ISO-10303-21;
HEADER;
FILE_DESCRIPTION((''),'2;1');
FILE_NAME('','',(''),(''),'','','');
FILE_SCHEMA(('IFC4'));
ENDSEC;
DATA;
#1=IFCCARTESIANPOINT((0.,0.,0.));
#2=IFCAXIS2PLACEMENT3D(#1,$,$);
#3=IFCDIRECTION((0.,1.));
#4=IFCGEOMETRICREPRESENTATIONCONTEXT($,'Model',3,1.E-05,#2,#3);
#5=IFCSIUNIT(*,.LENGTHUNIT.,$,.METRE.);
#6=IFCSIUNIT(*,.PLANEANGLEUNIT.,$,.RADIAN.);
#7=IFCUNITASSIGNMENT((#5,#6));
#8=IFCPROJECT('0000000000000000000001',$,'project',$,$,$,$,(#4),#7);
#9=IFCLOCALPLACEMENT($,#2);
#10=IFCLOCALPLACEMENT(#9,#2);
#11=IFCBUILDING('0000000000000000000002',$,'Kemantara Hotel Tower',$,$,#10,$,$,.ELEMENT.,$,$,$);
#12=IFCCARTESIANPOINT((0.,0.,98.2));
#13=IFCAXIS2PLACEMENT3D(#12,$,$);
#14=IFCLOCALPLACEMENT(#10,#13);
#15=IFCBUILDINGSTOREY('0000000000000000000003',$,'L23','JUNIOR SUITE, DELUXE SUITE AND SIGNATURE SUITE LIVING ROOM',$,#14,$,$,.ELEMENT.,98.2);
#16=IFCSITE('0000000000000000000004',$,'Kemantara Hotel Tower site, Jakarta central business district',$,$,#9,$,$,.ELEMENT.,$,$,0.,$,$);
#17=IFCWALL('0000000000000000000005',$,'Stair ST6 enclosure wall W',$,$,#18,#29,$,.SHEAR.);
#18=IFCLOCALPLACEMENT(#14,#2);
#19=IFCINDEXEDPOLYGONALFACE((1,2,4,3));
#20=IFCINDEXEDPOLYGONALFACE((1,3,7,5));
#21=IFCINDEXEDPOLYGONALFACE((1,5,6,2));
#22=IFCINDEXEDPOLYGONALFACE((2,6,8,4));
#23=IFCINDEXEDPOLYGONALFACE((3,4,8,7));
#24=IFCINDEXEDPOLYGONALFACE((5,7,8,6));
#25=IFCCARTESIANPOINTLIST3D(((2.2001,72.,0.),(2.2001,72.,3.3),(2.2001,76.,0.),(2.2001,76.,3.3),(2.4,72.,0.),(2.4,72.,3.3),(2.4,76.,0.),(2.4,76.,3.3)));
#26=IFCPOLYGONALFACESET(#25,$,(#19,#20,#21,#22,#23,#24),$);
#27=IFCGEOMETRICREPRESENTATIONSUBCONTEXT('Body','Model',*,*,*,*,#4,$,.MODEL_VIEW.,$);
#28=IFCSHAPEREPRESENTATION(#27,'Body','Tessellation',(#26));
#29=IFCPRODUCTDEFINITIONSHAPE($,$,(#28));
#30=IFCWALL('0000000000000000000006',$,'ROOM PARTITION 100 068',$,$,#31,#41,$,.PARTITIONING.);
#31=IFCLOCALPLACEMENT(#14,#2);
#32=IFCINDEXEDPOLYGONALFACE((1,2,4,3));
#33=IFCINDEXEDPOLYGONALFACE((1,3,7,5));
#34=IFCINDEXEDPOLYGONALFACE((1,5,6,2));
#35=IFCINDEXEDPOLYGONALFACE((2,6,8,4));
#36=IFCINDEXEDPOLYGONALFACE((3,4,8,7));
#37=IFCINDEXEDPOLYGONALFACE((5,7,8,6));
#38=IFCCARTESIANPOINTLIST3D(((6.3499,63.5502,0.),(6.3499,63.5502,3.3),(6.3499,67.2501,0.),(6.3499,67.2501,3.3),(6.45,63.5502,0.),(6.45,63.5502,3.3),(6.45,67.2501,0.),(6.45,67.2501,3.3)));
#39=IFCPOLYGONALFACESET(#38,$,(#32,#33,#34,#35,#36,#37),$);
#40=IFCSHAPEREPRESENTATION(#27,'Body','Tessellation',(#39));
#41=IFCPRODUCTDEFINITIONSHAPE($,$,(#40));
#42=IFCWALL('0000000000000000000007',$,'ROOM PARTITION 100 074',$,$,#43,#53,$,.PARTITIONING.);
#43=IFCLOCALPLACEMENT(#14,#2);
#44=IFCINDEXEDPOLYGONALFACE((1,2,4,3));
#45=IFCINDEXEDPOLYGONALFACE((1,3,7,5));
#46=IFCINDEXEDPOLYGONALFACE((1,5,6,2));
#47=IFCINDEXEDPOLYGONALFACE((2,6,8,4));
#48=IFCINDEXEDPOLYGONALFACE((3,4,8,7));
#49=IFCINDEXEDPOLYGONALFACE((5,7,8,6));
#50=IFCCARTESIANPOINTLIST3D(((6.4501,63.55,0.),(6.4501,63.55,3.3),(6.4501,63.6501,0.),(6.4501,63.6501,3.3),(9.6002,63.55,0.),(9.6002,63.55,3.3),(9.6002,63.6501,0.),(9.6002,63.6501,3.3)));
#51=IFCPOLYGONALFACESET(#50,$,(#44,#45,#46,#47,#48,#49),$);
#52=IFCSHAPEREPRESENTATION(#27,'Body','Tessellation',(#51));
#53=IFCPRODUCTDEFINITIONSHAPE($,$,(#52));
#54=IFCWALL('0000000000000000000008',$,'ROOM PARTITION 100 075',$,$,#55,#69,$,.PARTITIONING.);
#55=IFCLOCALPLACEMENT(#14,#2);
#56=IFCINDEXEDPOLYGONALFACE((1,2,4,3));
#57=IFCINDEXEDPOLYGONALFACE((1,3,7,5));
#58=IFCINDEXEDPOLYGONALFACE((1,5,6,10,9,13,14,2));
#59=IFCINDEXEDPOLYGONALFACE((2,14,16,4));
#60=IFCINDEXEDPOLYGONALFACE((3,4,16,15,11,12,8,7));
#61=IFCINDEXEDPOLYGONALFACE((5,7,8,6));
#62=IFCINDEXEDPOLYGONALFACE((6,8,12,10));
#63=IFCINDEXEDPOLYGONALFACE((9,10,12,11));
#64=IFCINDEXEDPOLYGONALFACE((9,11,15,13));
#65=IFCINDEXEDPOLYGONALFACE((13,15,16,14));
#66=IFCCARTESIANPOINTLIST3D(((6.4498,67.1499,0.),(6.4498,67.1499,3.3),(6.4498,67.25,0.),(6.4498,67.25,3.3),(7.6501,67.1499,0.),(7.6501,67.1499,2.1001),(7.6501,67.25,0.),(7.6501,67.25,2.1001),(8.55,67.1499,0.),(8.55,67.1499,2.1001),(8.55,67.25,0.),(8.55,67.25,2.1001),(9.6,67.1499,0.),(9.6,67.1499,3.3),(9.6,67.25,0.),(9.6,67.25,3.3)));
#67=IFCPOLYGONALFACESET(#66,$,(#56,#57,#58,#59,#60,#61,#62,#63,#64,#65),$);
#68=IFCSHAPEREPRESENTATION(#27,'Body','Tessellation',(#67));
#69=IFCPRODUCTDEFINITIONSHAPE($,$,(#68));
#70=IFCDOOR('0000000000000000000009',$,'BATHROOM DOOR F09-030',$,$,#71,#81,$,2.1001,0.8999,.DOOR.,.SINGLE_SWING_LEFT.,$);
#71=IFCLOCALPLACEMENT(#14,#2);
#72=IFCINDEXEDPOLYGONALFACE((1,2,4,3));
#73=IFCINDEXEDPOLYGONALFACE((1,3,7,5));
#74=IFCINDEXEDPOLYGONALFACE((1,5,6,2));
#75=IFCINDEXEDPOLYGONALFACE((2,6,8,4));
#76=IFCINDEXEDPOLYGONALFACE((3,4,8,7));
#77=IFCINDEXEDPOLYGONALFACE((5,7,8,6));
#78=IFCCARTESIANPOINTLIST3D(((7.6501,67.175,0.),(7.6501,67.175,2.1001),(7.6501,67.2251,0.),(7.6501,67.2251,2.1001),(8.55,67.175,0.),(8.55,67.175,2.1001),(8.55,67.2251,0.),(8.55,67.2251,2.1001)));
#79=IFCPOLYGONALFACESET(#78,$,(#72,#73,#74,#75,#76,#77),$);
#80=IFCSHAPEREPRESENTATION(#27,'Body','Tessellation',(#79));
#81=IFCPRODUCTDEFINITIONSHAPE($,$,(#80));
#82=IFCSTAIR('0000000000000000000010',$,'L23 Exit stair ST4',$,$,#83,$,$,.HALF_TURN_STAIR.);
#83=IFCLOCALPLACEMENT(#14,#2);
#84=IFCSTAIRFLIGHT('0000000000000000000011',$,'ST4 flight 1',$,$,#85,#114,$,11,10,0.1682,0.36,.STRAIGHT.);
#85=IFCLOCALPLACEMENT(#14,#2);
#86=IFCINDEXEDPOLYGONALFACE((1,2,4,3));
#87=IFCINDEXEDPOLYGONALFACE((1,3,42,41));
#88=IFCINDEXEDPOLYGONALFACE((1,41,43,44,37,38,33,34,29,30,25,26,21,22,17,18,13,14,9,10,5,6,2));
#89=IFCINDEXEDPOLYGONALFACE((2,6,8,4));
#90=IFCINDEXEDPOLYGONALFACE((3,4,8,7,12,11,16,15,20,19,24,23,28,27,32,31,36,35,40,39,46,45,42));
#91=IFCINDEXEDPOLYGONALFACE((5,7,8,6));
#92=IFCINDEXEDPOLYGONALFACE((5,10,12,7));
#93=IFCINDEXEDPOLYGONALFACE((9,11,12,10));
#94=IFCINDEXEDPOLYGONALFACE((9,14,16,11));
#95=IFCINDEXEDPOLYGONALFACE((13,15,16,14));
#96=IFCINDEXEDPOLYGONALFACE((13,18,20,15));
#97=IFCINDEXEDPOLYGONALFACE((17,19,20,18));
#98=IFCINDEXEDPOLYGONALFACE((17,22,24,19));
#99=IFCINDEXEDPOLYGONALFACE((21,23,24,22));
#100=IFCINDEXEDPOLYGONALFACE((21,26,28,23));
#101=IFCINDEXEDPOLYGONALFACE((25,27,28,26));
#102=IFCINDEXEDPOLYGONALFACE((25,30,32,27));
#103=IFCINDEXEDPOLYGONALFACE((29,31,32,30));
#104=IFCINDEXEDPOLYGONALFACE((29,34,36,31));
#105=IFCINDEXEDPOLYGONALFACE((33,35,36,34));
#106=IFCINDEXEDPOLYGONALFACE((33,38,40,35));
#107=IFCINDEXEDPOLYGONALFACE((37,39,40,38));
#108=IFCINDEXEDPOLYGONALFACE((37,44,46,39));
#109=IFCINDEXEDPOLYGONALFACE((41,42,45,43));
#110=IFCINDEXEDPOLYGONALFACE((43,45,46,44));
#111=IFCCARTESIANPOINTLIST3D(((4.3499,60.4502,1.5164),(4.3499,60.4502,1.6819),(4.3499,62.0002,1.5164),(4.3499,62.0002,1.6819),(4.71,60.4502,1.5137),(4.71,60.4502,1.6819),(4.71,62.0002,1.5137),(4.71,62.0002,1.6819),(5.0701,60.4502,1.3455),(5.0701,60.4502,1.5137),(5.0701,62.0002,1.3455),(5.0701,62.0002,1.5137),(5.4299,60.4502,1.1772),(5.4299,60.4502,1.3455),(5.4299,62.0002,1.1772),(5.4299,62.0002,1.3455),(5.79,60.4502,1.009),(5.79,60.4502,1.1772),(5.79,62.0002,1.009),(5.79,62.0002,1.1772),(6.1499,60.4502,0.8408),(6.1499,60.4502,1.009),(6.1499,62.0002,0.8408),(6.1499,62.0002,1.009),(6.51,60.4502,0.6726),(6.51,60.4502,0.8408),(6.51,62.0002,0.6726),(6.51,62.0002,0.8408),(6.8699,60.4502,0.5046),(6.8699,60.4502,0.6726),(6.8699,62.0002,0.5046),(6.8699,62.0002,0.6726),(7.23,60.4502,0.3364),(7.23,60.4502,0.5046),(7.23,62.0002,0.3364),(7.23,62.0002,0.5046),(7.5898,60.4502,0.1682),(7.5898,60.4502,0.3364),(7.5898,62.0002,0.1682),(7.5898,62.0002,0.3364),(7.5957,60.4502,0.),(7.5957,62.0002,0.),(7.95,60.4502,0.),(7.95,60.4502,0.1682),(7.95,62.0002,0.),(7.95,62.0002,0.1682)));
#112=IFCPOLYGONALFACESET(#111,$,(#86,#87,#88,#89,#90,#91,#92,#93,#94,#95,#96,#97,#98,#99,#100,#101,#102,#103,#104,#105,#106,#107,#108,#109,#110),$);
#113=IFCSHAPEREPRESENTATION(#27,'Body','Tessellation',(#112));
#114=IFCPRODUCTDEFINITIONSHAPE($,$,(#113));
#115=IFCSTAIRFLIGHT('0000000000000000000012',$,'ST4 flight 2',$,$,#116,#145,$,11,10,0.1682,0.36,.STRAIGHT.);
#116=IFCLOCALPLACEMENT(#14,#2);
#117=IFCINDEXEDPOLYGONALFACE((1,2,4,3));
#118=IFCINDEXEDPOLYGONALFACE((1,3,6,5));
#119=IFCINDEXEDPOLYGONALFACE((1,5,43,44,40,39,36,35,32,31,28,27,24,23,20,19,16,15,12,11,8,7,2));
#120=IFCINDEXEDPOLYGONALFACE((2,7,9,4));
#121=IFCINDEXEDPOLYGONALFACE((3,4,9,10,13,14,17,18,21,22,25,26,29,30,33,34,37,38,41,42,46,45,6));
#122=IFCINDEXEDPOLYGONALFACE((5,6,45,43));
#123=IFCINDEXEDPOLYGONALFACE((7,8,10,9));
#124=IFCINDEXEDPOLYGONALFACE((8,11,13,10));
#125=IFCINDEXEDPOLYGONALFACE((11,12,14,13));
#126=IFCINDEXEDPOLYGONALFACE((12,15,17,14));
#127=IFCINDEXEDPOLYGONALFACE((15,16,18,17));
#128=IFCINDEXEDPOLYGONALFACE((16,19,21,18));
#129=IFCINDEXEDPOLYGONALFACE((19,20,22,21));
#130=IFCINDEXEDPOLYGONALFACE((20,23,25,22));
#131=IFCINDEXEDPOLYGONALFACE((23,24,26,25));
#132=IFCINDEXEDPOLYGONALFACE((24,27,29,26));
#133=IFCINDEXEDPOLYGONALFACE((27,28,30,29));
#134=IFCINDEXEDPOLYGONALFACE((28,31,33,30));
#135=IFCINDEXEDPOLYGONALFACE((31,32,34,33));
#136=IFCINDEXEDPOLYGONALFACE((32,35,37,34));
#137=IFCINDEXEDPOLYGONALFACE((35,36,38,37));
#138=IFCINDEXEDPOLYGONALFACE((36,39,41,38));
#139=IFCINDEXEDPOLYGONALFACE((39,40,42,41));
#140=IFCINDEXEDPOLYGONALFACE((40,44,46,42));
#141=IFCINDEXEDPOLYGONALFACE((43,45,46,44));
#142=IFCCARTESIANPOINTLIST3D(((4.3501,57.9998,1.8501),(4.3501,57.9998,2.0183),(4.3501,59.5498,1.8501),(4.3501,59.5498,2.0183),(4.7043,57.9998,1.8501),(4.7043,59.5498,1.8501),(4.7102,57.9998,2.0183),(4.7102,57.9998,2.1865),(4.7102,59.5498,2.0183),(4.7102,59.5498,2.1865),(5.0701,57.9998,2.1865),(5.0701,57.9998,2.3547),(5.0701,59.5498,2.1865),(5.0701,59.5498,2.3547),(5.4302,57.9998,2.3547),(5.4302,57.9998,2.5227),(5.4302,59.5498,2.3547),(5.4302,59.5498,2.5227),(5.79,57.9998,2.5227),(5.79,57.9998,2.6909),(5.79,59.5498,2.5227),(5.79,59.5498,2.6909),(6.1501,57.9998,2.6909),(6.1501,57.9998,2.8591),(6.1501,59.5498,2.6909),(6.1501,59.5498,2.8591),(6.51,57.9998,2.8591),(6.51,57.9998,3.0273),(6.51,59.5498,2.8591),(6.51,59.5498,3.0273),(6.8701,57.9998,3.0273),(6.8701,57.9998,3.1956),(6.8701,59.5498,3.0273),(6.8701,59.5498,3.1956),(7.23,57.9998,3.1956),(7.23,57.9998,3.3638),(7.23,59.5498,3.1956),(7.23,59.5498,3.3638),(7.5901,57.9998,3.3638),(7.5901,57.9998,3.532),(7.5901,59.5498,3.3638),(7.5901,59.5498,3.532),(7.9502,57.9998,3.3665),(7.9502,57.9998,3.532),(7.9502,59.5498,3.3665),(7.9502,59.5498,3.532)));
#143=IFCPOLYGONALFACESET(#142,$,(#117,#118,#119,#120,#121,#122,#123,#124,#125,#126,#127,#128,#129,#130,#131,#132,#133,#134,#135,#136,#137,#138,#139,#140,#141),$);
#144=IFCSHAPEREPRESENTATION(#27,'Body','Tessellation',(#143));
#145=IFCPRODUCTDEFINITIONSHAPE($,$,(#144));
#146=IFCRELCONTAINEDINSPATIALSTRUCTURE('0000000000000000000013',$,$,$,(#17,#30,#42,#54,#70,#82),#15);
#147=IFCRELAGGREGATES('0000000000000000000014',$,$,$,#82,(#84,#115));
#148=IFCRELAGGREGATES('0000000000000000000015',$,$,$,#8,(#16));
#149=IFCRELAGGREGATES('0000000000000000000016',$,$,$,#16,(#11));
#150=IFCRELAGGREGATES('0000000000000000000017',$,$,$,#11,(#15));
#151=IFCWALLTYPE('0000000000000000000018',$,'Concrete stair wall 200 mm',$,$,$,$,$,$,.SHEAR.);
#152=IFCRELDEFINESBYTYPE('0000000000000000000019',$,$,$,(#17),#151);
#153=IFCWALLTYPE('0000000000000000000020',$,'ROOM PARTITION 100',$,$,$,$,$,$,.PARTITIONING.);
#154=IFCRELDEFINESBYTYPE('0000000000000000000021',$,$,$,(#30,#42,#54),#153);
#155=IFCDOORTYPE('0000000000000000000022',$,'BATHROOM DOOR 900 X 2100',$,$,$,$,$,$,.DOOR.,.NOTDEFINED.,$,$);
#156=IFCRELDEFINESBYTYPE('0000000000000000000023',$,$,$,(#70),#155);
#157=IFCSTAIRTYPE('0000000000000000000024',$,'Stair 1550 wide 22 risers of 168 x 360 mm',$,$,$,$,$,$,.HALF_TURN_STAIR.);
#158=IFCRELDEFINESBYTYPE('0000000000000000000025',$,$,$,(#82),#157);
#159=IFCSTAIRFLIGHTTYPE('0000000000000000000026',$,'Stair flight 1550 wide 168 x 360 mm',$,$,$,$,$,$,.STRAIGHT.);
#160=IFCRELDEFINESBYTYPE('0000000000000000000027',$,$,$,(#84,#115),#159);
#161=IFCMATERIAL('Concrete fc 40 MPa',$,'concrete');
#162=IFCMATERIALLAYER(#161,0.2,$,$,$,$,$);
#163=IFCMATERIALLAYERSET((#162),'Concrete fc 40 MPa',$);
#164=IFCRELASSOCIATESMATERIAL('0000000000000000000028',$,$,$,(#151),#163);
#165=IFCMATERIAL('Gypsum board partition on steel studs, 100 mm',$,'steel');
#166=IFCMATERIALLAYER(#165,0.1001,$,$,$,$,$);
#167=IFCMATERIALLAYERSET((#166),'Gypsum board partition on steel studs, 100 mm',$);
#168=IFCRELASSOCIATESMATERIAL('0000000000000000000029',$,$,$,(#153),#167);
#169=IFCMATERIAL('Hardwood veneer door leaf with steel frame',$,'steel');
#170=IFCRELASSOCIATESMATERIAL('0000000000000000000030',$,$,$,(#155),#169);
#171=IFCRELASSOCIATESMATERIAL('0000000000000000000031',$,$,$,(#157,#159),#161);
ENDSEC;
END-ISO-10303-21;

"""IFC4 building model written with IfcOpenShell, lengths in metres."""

from ifc_helpers import new_model, si_unit, direction, frame, frame_2d, origin, place, context, subcontext, project, spatial, polyline, rectangle, outline, extrude, material, layer, layer_set, type_object, element, fill, aggregate, save


model = new_model("IFC4")

# Units and contexts
model_context = context("Model", 3, precision=1e-05, world=origin(), true_north=direction((0.0, 1.0)))
body_context = subcontext(model_context, "Body", "Model", "MODEL_VIEW")
ifc_project = project(units=[si_unit("LENGTHUNIT", "METRE"), si_unit("PLANEANGLEUNIT", "RADIAN")], contexts=[model_context])

# Site, building, storey
site_placement = place(None, origin())
site = spatial("IfcSite", under=ifc_project, at=site_placement, Name="Kemantara Hotel Tower site, Jakarta central business district", CompositionType="ELEMENT", RefElevation=0.0)
building_placement = place(site_placement, origin())
building = spatial("IfcBuilding", under=site, at=building_placement, Name="Kemantara Hotel Tower", CompositionType="ELEMENT")
storey_placement = place(building_placement, frame((0.0, 0.0, 98.2)))
storey = spatial("IfcBuildingStorey", under=building, at=storey_placement, Name="L23", Description="JUNIOR SUITE, DELUXE SUITE AND SIGNATURE SUITE LIVING ROOM", CompositionType="ELEMENT", Elevation=98.2)

# Shared definitions
ifc_material_1 = material(Name="Hardwood veneer door leaf with steel frame", Category="steel")

# Shared definitions
ifc_material_2 = material(Name="Concrete fc 40 MPa", Category="concrete")
ifc_layer_1 = layer(ifc_material_2, 0.2)
ifc_layer_set_1 = layer_set([ifc_layer_1], Name="Concrete fc 40 MPa")
wall_type_1 = type_object("IfcWallType", Name="Concrete stair wall 200 mm", PredefinedType="SHEAR", material=ifc_layer_set_1)

# Walls
wall_1_placement = place(storey_placement, frame((2.3, 72.0, 0.0), z_axis=(0.0, 0.0, 1.0), x_axis=(0.0, 1.0, 0.0)))
element("IfcWall", 1, at=wall_1_placement, inside=storey, type_object=wall_type_1, Name="Stair ST6 enclosure wall W", PredefinedType="SHEAR", context=body_context, shape_type="SweptSolid", body=[
    extrude(rectangle(XDim=4.0, YDim=0.2, at=frame_2d((2.0, 0.0))), origin(), (0.0, 0.0, 1.0), 3.3),
])
ifc_material_3 = material(Name="Gypsum board partition on steel studs, 100 mm", Category="steel")
ifc_layer_2 = layer(ifc_material_3, 0.1001)
ifc_layer_set_2 = layer_set([ifc_layer_2], Name="Gypsum board partition on steel studs, 100 mm")
wall_type_2 = type_object("IfcWallType", Name="ROOM PARTITION 100", PredefinedType="PARTITIONING", material=ifc_layer_set_2)
wall_2_placement = place(storey_placement, frame((6.3999, 63.55, 0.0), z_axis=(0.0, 0.0, 1.0), x_axis=(0.0, 1.0, 0.0)))
element("IfcWall", 2, at=wall_2_placement, inside=storey, type_object=wall_type_2, Name="ROOM PARTITION 100 068", PredefinedType="PARTITIONING", context=body_context, shape_type="SweptSolid", body=[
    extrude(rectangle(XDim=3.7, YDim=0.1001, at=frame_2d((1.8501, 0.0))), origin(), (0.0, 0.0, 1.0), 3.3),
])
wall_3_placement = place(storey_placement, frame((6.45, 63.6001, 0.0), z_axis=(0.0, 0.0, 1.0), x_axis=(1.0, 0.0, 0.0)))
element("IfcWall", 3, at=wall_3_placement, inside=storey, type_object=wall_type_2, Name="ROOM PARTITION 100 074", PredefinedType="PARTITIONING", context=body_context, shape_type="SweptSolid", body=[
    extrude(rectangle(XDim=3.1501, YDim=0.1001, at=frame_2d((1.5752, 0.0))), origin(), (0.0, 0.0, 1.0), 3.3),
])

# Wall, opening, door
wall_4_placement = place(storey_placement, frame((9.6001, 67.2, 0.0), z_axis=(0.0, 0.0, 1.0), x_axis=(-1.0, 0.0, 0.0)))
wall_4 = element("IfcWall", 4, at=wall_4_placement, inside=storey, type_object=wall_type_2, Name="ROOM PARTITION 100 075", PredefinedType="PARTITIONING", context=body_context, shape_type="SweptSolid", body=[
    extrude(rectangle(XDim=3.1501, YDim=0.1001, at=frame_2d((1.5752, 0.0))), origin(), (0.0, 0.0, 1.0), 3.3),
])
opening_1_placement = place(wall_4_placement, frame((1.05, 0.0, 0.0)))
opening_1 = element("IfcOpeningElement", 5, at=opening_1_placement, cuts=wall_4, PredefinedType="OPENING", context=body_context, shape_type="SweptSolid", body=[
    extrude(rectangle(XDim=0.8999, YDim=2.1001, at=frame_2d((0.45, 1.05))), frame((0.0, 0.0601, 0.0), z_axis=(0.0, -1.0, 0.0), x_axis=(1.0, 0.0, 0.0)), (0.0, 0.0, 1.0), 0.1201),
])
door_type_1 = type_object("IfcDoorType", Name="BATHROOM DOOR 900 X 2100", OperationType="NOTDEFINED", PredefinedType="DOOR", material=ifc_material_1)
door_1_placement = place(opening_1_placement, origin())
door_1 = element("IfcDoor", 6, at=door_1_placement, inside=storey, type_object=door_type_1, Name="BATHROOM DOOR F09-030", OperationType="SINGLE_SWING_LEFT", OverallHeight=2.1001, OverallWidth=0.8999, PredefinedType="DOOR", context=body_context, shape_type="SweptSolid", body=[
    extrude(rectangle(XDim=0.8999, YDim=2.1001, at=frame_2d((0.45, 1.05))), frame((0.0, 0.0249, 0.0), z_axis=(0.0, -1.0, 0.0), x_axis=(1.0, 0.0, 0.0)), (0.0, 0.0, 1.0), 0.05),
])
fill(opening_1, door_1)

# Stair, stair flights
stair_type = type_object("IfcStairType", Name="Stair 1550 wide 22 risers of 168 x 360 mm", PredefinedType="HALF_TURN_STAIR", material=ifc_material_2)
stair_placement = place(storey_placement, origin())
stair = element("IfcStair", 7, at=stair_placement, inside=storey, type_object=stair_type, Name="L23 Exit stair ST4", PredefinedType="HALF_TURN_STAIR")
stair_flight_type = type_object("IfcStairFlightType", Name="Stair flight 1550 wide 168 x 360 mm", PredefinedType="STRAIGHT", material=ifc_material_2)
stair_flight_1_placement = place(storey_placement, frame((7.95, 61.2251, 0.0), z_axis=(0.0, 0.0, 1.0), x_axis=(-1.0, 0.0, 0.0)))
stair_flight_1 = element("IfcStairFlight", 8, at=stair_flight_1_placement, type_object=stair_flight_type, Name="ST4 flight 1", NumberOfRisers=11, NumberOfTreads=10, PredefinedType="STRAIGHT", RiserHeight=0.1682, TreadLength=0.36, context=body_context, shape_type="SweptSolid", body=[
    extrude(outline(polyline([(0.0, 0.0), (0.0, 0.1682), (0.3601, 0.1682), (0.3601, 0.3364), (0.72, 0.3364), (0.72, 0.5046), (1.0801, 0.5046), (1.0801, 0.6726), (1.4399, 0.6726), (1.4399, 0.8408), (1.8, 0.8408), (1.8, 1.009), (2.1599, 1.009), (2.1599, 1.1772), (2.52, 1.1772), (2.52, 1.3455), (2.8799, 1.3455), (2.8799, 1.5137), (3.24, 1.5137), (3.24, 1.6819), (3.6001, 1.6819), (3.6001, 1.8501), (3.6001, 1.5164), (0.3542, 0.0), (0.0, 0.0)])), frame((0.0, 0.7749, 0.0), z_axis=(0.0, -1.0, 0.0), x_axis=(1.0, 0.0, 0.0)), (0.0, 0.0, 1.0), 1.55),
])
stair_flight_2_placement = place(storey_placement, frame((4.3501, 58.7749, 1.8501), z_axis=(0.0, 0.0, 1.0), x_axis=(1.0, 0.0, 0.0)))
stair_flight_2 = element("IfcStairFlight", 9, at=stair_flight_2_placement, type_object=stair_flight_type, Name="ST4 flight 2", NumberOfRisers=11, NumberOfTreads=10, PredefinedType="STRAIGHT", RiserHeight=0.1682, TreadLength=0.36, context=body_context, shape_type="SweptSolid", body=[
    extrude(outline(polyline([(0.0, 0.0), (0.0, 0.1682), (0.3601, 0.1682), (0.3601, 0.3364), (0.72, 0.3364), (0.72, 0.5046), (1.0801, 0.5046), (1.0801, 0.6726), (1.4399, 0.6726), (1.4399, 0.8408), (1.8, 0.8408), (1.8, 1.009), (2.1599, 1.009), (2.1599, 1.1772), (2.52, 1.1772), (2.52, 1.3455), (2.8799, 1.3455), (2.8799, 1.5137), (3.24, 1.5137), (3.24, 1.6819), (3.6001, 1.6819), (3.6001, 1.8501), (3.6001, 1.5164), (0.3542, 0.0), (0.0, 0.0)])), frame((0.0, 0.7749, 0.0), z_axis=(0.0, -1.0, 0.0), x_axis=(1.0, 0.0, 0.0)), (0.0, 0.0, 1.0), 1.55),
])
aggregate(stair, [stair_flight_1, stair_flight_2])

save(model, "model.ifc")
